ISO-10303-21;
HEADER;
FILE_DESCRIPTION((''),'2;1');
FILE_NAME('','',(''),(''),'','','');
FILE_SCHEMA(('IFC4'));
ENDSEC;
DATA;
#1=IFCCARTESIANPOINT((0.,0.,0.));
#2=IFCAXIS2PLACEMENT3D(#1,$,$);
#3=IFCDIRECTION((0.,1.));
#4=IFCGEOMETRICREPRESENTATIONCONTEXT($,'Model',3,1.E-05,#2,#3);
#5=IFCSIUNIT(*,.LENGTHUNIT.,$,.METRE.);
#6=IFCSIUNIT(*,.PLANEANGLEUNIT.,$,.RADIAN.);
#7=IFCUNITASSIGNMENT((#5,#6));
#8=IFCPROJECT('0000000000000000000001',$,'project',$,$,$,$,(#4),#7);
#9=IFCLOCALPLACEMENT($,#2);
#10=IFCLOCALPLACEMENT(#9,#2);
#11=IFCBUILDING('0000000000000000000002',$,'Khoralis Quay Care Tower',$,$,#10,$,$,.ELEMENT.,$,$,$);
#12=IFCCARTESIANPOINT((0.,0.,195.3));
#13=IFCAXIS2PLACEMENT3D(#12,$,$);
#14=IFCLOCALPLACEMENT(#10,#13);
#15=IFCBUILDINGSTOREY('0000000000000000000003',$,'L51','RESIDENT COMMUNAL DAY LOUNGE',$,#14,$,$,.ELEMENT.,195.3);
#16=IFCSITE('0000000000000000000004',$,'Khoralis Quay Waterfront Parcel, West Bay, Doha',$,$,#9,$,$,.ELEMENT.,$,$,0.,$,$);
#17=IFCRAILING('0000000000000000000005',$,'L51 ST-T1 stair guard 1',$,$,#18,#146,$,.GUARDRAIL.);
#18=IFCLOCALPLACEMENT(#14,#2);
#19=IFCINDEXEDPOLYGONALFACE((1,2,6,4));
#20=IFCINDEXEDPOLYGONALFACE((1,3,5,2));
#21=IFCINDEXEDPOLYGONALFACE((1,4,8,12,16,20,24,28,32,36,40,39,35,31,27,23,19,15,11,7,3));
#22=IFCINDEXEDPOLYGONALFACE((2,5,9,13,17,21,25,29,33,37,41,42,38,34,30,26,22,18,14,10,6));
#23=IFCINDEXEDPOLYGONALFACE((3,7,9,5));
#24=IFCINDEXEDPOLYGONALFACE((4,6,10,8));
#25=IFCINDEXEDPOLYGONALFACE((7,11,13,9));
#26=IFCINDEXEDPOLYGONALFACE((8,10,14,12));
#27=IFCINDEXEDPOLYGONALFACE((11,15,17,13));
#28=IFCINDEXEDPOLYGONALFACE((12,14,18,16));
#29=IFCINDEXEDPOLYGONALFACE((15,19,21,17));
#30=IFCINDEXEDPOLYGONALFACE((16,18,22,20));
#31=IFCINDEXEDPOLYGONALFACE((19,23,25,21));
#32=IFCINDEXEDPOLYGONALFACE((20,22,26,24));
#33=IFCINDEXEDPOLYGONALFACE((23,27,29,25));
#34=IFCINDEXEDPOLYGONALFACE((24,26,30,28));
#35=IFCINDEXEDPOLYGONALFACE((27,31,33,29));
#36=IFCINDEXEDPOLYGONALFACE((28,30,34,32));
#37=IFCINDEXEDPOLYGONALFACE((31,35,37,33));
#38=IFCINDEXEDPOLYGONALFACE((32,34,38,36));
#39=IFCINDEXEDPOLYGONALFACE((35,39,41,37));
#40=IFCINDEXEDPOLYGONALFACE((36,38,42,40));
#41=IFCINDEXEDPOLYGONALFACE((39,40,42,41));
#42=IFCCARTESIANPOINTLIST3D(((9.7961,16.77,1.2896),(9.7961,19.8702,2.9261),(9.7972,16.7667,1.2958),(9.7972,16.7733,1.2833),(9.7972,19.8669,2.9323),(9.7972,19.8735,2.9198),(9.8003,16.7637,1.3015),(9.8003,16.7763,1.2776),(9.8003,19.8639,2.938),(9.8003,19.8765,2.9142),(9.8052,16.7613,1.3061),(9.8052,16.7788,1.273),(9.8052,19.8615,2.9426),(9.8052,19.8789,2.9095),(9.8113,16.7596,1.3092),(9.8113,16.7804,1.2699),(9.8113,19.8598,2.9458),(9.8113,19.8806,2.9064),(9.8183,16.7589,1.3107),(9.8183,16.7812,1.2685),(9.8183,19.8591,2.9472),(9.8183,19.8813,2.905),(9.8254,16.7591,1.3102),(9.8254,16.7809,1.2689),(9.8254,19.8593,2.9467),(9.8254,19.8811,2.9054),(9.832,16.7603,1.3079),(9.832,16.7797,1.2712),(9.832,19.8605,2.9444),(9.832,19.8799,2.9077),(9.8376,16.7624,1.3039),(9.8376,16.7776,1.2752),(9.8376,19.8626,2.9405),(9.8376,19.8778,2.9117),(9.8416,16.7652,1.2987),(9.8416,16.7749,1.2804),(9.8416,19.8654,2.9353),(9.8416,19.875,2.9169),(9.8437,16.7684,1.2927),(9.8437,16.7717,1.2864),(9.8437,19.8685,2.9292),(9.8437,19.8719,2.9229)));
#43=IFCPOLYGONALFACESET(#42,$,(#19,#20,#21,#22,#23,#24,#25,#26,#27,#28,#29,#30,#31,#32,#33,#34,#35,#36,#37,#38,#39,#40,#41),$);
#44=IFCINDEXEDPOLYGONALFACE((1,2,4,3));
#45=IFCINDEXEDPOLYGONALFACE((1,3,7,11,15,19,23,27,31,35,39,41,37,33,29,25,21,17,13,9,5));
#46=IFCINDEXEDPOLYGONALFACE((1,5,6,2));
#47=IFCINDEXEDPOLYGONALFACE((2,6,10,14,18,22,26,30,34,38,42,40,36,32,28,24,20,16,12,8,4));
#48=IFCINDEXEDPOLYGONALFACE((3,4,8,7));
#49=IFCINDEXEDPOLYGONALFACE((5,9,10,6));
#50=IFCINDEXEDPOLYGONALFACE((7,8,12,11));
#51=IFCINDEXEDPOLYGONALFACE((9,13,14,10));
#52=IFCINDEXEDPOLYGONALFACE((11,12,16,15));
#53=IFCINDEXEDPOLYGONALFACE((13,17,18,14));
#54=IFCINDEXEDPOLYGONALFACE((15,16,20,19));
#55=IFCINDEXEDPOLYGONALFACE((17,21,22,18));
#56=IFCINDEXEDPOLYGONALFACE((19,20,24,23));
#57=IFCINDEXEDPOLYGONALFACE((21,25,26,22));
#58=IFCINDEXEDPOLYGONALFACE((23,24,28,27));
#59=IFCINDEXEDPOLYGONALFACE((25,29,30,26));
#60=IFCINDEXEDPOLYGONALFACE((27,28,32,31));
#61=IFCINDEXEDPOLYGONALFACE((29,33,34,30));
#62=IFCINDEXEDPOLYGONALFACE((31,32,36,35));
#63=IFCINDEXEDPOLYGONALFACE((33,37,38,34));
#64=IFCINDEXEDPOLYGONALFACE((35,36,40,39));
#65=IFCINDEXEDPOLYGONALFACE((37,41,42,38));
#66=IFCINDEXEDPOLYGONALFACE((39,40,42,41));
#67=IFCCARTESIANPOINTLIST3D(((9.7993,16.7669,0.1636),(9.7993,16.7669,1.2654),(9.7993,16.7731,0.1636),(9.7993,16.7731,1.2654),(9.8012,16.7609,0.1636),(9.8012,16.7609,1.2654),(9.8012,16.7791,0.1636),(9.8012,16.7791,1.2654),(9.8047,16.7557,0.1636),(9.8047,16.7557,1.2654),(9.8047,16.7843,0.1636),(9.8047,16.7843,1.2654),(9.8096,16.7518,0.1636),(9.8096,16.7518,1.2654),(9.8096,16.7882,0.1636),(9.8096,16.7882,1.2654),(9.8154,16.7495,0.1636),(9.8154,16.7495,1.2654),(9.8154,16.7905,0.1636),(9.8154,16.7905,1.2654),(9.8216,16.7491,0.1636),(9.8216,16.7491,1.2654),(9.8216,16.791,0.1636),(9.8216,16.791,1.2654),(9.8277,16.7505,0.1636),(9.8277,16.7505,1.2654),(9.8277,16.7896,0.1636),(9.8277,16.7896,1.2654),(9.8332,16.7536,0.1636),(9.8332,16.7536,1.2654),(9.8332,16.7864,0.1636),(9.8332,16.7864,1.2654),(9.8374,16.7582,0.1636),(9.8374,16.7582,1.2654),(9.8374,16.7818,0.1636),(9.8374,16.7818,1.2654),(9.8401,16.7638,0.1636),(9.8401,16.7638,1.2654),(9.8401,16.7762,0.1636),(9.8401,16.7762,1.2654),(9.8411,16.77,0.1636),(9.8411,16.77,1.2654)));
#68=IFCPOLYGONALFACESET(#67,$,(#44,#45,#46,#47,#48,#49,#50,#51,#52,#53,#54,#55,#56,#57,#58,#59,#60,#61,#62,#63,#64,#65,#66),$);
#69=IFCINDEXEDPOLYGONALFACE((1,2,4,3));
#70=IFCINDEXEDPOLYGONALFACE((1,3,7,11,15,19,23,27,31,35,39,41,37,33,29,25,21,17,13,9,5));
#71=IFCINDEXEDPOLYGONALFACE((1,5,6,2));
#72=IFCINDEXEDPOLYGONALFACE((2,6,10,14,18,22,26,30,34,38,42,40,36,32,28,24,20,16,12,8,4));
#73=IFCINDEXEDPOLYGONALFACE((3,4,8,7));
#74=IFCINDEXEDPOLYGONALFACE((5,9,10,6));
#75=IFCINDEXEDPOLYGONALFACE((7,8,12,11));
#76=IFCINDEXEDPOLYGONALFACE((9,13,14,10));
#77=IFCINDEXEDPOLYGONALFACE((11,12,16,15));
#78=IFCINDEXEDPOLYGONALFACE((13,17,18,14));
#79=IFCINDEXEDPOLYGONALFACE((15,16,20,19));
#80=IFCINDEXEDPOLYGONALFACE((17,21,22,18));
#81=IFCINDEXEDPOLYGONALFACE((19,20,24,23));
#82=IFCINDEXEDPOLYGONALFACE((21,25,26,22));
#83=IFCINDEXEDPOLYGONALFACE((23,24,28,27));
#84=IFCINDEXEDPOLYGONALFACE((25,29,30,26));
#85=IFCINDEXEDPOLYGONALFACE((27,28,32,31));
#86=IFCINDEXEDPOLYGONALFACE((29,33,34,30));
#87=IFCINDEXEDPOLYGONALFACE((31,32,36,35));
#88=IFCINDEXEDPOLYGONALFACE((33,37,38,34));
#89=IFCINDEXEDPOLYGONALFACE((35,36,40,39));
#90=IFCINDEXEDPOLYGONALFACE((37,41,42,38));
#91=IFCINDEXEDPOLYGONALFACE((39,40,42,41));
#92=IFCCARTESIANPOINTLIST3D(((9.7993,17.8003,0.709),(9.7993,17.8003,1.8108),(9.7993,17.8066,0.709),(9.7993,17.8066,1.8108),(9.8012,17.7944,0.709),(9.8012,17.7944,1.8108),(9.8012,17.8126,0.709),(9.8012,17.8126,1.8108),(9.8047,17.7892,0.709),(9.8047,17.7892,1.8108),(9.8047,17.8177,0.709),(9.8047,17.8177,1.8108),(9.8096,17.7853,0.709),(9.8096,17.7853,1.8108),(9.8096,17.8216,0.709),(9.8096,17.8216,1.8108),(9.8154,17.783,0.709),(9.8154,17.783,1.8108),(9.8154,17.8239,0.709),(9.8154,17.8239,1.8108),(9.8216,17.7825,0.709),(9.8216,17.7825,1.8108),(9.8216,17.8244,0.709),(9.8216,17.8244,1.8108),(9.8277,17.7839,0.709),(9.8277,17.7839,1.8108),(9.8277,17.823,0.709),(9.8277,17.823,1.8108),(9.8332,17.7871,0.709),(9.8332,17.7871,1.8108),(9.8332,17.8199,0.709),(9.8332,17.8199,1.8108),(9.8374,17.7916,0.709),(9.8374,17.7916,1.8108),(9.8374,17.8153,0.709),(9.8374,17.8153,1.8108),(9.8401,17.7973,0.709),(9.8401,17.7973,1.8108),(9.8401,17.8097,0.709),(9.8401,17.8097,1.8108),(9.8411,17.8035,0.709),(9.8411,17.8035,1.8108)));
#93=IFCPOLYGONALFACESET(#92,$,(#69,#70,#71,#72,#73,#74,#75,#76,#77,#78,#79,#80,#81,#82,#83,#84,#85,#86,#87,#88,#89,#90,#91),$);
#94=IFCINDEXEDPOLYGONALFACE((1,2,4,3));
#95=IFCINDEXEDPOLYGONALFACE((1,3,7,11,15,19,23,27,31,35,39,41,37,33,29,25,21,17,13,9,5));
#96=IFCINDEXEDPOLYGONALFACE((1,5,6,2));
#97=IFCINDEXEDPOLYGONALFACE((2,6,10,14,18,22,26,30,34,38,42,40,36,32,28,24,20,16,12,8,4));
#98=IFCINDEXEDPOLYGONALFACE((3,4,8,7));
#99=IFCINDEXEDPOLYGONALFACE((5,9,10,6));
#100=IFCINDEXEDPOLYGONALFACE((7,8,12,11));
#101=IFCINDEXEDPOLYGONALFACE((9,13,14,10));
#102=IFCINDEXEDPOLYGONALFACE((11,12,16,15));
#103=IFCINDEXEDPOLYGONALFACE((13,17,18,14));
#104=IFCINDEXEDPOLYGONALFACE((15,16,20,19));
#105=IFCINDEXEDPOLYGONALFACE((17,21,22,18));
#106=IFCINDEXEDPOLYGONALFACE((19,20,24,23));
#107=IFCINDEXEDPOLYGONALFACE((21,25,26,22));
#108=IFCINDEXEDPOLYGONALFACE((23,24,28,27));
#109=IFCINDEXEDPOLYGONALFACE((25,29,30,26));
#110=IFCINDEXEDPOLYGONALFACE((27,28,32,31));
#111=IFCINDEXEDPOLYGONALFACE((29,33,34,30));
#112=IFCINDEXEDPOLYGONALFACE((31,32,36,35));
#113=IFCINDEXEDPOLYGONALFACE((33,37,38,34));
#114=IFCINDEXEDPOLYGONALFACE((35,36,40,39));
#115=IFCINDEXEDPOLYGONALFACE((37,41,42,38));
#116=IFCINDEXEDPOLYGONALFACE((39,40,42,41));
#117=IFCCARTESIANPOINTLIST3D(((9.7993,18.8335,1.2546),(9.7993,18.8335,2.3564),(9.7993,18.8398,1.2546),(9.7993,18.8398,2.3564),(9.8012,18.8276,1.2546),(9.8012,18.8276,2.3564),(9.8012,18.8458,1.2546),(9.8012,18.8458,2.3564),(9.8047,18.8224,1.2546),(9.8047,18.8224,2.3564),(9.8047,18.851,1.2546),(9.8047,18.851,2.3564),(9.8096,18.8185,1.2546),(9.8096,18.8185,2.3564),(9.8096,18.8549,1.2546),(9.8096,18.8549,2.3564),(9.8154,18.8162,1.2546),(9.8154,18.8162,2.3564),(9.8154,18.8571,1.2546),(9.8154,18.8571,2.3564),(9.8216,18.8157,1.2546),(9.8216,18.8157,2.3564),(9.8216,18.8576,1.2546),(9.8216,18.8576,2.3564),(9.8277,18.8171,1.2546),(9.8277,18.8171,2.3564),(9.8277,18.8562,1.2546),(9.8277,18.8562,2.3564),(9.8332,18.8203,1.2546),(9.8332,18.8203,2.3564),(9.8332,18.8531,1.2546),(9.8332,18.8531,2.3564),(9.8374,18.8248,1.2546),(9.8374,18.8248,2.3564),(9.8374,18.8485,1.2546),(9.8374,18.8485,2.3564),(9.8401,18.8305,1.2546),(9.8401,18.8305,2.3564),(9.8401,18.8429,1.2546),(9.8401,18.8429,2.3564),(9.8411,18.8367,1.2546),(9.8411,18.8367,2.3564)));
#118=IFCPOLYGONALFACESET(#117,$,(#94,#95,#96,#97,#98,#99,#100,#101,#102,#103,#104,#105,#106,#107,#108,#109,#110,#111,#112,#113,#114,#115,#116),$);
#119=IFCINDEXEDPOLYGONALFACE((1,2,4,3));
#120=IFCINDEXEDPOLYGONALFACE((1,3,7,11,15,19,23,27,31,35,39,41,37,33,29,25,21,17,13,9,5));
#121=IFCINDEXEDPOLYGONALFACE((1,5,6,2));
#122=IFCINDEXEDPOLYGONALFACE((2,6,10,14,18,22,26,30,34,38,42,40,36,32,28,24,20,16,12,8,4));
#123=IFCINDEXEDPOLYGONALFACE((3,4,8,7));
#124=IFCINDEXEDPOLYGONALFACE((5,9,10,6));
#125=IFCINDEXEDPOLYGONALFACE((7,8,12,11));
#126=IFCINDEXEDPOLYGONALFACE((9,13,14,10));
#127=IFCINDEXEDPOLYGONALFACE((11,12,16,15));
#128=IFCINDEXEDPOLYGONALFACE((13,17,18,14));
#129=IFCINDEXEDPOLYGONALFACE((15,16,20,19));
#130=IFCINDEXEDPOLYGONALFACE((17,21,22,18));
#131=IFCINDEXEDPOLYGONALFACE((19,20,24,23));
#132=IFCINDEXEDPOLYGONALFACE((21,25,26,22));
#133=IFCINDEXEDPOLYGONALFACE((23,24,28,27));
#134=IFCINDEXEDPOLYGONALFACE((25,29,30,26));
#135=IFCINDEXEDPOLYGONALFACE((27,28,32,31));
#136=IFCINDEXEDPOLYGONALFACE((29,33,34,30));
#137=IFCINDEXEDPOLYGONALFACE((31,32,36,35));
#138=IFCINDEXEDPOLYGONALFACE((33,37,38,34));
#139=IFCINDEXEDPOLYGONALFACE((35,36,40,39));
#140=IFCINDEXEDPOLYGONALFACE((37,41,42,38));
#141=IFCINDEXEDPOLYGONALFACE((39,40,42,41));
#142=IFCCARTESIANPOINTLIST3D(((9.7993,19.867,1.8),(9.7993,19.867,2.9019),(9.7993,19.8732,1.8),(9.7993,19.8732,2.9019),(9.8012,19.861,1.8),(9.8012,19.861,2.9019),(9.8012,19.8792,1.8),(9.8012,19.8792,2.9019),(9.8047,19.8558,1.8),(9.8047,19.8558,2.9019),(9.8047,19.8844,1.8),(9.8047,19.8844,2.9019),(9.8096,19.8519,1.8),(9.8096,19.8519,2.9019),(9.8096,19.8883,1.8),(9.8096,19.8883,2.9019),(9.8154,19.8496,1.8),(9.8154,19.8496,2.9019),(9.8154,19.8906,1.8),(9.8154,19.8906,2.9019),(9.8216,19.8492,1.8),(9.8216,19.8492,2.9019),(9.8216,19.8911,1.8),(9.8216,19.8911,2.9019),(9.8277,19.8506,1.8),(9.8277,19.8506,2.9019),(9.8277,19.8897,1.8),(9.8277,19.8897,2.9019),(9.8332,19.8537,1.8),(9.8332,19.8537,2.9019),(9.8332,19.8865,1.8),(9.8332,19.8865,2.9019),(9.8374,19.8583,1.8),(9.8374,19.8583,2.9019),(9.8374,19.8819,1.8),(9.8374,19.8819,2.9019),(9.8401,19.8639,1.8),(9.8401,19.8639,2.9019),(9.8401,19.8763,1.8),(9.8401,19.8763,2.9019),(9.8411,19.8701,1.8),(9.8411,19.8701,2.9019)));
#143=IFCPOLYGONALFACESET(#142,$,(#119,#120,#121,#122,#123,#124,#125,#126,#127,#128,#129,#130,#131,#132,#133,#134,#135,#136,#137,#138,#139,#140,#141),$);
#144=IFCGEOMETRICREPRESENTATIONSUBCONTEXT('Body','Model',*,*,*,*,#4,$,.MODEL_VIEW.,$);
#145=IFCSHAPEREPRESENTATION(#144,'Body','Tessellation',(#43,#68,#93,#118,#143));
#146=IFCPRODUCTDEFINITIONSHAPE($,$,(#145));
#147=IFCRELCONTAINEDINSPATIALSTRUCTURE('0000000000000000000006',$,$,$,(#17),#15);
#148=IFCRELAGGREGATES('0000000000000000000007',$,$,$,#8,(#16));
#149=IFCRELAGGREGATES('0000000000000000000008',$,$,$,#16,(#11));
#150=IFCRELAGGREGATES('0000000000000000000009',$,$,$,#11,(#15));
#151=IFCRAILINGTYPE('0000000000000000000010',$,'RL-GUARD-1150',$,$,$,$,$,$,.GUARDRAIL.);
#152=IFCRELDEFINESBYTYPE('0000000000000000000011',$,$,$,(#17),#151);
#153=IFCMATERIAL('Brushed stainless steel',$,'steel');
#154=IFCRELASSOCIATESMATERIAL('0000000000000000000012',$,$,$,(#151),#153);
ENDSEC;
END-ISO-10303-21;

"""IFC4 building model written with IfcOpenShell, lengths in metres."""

from ifc_helpers import new_model, si_unit, direction, frame, origin, origin_2d, place, context, subcontext, project, spatial, circle, extrude, material, type_object, element, save


model = new_model("IFC4")

# Units and contexts
model_context = context("Model", 3, precision=1e-05, world=origin(), true_north=direction((0.0, 1.0)))
body_context = subcontext(model_context, "Body", "Model", "MODEL_VIEW")
ifc_project = project(units=[si_unit("LENGTHUNIT", "METRE"), si_unit("PLANEANGLEUNIT", "RADIAN")], contexts=[model_context])

# Site, building, storey
site_placement = place(None, origin())
site = spatial("IfcSite", under=ifc_project, at=site_placement, Name="Khoralis Quay Waterfront Parcel, West Bay, Doha", CompositionType="ELEMENT", RefElevation=0.0)
building_placement = place(site_placement, origin())
building = spatial("IfcBuilding", under=site, at=building_placement, Name="Khoralis Quay Care Tower", CompositionType="ELEMENT")
storey_placement = place(building_placement, frame((0.0, 0.0, 195.3)))
storey = spatial("IfcBuildingStorey", under=building, at=storey_placement, Name="L51", Description="RESIDENT COMMUNAL DAY LOUNGE", CompositionType="ELEMENT", Elevation=195.3)

# Shared definitions
ifc_material_1 = material(Name="Brushed stainless steel", Category="steel")

# Railing
railing_type_1 = type_object("IfcRailingType", Name="RL-GUARD-1150", PredefinedType="GUARDRAIL", material=ifc_material_1)
railing_1_placement = place(storey_placement, frame((9.8201, 16.77, 0.1636)))
element("IfcRailing", 1, at=railing_1_placement, inside=storey, type_object=railing_type_1, Name="L51 ST-T1 stair guard 1", PredefinedType="GUARDRAIL", context=body_context, shape_type="SweptSolid", body=[
    extrude(circle(Radius=0.0239, at=origin_2d()), frame((0.0, 0.0, 1.126), z_axis=(0.0, 0.884348, 0.466828), x_axis=(-1.0, 0.0, 0.0)), (0.0, 0.0, 1.0), 3.5056),
    extrude(circle(Radius=0.021, at=origin_2d()), origin(), (0.0, 0.0, 1.0), 1.1018),
    extrude(circle(Radius=0.021, at=origin_2d()), frame((0.0, 1.0334, 0.5454)), (0.0, 0.0, 1.0), 1.1018),
    extrude(circle(Radius=0.021, at=origin_2d()), frame((0.0, 2.0667, 1.0911)), (0.0, 0.0, 1.0), 1.1018),
    extrude(circle(Radius=0.021, at=origin_2d()), frame((0.0, 3.1001, 1.6365)), (0.0, 0.0, 1.0), 1.1018),
])

save(model, "model.ifc")
